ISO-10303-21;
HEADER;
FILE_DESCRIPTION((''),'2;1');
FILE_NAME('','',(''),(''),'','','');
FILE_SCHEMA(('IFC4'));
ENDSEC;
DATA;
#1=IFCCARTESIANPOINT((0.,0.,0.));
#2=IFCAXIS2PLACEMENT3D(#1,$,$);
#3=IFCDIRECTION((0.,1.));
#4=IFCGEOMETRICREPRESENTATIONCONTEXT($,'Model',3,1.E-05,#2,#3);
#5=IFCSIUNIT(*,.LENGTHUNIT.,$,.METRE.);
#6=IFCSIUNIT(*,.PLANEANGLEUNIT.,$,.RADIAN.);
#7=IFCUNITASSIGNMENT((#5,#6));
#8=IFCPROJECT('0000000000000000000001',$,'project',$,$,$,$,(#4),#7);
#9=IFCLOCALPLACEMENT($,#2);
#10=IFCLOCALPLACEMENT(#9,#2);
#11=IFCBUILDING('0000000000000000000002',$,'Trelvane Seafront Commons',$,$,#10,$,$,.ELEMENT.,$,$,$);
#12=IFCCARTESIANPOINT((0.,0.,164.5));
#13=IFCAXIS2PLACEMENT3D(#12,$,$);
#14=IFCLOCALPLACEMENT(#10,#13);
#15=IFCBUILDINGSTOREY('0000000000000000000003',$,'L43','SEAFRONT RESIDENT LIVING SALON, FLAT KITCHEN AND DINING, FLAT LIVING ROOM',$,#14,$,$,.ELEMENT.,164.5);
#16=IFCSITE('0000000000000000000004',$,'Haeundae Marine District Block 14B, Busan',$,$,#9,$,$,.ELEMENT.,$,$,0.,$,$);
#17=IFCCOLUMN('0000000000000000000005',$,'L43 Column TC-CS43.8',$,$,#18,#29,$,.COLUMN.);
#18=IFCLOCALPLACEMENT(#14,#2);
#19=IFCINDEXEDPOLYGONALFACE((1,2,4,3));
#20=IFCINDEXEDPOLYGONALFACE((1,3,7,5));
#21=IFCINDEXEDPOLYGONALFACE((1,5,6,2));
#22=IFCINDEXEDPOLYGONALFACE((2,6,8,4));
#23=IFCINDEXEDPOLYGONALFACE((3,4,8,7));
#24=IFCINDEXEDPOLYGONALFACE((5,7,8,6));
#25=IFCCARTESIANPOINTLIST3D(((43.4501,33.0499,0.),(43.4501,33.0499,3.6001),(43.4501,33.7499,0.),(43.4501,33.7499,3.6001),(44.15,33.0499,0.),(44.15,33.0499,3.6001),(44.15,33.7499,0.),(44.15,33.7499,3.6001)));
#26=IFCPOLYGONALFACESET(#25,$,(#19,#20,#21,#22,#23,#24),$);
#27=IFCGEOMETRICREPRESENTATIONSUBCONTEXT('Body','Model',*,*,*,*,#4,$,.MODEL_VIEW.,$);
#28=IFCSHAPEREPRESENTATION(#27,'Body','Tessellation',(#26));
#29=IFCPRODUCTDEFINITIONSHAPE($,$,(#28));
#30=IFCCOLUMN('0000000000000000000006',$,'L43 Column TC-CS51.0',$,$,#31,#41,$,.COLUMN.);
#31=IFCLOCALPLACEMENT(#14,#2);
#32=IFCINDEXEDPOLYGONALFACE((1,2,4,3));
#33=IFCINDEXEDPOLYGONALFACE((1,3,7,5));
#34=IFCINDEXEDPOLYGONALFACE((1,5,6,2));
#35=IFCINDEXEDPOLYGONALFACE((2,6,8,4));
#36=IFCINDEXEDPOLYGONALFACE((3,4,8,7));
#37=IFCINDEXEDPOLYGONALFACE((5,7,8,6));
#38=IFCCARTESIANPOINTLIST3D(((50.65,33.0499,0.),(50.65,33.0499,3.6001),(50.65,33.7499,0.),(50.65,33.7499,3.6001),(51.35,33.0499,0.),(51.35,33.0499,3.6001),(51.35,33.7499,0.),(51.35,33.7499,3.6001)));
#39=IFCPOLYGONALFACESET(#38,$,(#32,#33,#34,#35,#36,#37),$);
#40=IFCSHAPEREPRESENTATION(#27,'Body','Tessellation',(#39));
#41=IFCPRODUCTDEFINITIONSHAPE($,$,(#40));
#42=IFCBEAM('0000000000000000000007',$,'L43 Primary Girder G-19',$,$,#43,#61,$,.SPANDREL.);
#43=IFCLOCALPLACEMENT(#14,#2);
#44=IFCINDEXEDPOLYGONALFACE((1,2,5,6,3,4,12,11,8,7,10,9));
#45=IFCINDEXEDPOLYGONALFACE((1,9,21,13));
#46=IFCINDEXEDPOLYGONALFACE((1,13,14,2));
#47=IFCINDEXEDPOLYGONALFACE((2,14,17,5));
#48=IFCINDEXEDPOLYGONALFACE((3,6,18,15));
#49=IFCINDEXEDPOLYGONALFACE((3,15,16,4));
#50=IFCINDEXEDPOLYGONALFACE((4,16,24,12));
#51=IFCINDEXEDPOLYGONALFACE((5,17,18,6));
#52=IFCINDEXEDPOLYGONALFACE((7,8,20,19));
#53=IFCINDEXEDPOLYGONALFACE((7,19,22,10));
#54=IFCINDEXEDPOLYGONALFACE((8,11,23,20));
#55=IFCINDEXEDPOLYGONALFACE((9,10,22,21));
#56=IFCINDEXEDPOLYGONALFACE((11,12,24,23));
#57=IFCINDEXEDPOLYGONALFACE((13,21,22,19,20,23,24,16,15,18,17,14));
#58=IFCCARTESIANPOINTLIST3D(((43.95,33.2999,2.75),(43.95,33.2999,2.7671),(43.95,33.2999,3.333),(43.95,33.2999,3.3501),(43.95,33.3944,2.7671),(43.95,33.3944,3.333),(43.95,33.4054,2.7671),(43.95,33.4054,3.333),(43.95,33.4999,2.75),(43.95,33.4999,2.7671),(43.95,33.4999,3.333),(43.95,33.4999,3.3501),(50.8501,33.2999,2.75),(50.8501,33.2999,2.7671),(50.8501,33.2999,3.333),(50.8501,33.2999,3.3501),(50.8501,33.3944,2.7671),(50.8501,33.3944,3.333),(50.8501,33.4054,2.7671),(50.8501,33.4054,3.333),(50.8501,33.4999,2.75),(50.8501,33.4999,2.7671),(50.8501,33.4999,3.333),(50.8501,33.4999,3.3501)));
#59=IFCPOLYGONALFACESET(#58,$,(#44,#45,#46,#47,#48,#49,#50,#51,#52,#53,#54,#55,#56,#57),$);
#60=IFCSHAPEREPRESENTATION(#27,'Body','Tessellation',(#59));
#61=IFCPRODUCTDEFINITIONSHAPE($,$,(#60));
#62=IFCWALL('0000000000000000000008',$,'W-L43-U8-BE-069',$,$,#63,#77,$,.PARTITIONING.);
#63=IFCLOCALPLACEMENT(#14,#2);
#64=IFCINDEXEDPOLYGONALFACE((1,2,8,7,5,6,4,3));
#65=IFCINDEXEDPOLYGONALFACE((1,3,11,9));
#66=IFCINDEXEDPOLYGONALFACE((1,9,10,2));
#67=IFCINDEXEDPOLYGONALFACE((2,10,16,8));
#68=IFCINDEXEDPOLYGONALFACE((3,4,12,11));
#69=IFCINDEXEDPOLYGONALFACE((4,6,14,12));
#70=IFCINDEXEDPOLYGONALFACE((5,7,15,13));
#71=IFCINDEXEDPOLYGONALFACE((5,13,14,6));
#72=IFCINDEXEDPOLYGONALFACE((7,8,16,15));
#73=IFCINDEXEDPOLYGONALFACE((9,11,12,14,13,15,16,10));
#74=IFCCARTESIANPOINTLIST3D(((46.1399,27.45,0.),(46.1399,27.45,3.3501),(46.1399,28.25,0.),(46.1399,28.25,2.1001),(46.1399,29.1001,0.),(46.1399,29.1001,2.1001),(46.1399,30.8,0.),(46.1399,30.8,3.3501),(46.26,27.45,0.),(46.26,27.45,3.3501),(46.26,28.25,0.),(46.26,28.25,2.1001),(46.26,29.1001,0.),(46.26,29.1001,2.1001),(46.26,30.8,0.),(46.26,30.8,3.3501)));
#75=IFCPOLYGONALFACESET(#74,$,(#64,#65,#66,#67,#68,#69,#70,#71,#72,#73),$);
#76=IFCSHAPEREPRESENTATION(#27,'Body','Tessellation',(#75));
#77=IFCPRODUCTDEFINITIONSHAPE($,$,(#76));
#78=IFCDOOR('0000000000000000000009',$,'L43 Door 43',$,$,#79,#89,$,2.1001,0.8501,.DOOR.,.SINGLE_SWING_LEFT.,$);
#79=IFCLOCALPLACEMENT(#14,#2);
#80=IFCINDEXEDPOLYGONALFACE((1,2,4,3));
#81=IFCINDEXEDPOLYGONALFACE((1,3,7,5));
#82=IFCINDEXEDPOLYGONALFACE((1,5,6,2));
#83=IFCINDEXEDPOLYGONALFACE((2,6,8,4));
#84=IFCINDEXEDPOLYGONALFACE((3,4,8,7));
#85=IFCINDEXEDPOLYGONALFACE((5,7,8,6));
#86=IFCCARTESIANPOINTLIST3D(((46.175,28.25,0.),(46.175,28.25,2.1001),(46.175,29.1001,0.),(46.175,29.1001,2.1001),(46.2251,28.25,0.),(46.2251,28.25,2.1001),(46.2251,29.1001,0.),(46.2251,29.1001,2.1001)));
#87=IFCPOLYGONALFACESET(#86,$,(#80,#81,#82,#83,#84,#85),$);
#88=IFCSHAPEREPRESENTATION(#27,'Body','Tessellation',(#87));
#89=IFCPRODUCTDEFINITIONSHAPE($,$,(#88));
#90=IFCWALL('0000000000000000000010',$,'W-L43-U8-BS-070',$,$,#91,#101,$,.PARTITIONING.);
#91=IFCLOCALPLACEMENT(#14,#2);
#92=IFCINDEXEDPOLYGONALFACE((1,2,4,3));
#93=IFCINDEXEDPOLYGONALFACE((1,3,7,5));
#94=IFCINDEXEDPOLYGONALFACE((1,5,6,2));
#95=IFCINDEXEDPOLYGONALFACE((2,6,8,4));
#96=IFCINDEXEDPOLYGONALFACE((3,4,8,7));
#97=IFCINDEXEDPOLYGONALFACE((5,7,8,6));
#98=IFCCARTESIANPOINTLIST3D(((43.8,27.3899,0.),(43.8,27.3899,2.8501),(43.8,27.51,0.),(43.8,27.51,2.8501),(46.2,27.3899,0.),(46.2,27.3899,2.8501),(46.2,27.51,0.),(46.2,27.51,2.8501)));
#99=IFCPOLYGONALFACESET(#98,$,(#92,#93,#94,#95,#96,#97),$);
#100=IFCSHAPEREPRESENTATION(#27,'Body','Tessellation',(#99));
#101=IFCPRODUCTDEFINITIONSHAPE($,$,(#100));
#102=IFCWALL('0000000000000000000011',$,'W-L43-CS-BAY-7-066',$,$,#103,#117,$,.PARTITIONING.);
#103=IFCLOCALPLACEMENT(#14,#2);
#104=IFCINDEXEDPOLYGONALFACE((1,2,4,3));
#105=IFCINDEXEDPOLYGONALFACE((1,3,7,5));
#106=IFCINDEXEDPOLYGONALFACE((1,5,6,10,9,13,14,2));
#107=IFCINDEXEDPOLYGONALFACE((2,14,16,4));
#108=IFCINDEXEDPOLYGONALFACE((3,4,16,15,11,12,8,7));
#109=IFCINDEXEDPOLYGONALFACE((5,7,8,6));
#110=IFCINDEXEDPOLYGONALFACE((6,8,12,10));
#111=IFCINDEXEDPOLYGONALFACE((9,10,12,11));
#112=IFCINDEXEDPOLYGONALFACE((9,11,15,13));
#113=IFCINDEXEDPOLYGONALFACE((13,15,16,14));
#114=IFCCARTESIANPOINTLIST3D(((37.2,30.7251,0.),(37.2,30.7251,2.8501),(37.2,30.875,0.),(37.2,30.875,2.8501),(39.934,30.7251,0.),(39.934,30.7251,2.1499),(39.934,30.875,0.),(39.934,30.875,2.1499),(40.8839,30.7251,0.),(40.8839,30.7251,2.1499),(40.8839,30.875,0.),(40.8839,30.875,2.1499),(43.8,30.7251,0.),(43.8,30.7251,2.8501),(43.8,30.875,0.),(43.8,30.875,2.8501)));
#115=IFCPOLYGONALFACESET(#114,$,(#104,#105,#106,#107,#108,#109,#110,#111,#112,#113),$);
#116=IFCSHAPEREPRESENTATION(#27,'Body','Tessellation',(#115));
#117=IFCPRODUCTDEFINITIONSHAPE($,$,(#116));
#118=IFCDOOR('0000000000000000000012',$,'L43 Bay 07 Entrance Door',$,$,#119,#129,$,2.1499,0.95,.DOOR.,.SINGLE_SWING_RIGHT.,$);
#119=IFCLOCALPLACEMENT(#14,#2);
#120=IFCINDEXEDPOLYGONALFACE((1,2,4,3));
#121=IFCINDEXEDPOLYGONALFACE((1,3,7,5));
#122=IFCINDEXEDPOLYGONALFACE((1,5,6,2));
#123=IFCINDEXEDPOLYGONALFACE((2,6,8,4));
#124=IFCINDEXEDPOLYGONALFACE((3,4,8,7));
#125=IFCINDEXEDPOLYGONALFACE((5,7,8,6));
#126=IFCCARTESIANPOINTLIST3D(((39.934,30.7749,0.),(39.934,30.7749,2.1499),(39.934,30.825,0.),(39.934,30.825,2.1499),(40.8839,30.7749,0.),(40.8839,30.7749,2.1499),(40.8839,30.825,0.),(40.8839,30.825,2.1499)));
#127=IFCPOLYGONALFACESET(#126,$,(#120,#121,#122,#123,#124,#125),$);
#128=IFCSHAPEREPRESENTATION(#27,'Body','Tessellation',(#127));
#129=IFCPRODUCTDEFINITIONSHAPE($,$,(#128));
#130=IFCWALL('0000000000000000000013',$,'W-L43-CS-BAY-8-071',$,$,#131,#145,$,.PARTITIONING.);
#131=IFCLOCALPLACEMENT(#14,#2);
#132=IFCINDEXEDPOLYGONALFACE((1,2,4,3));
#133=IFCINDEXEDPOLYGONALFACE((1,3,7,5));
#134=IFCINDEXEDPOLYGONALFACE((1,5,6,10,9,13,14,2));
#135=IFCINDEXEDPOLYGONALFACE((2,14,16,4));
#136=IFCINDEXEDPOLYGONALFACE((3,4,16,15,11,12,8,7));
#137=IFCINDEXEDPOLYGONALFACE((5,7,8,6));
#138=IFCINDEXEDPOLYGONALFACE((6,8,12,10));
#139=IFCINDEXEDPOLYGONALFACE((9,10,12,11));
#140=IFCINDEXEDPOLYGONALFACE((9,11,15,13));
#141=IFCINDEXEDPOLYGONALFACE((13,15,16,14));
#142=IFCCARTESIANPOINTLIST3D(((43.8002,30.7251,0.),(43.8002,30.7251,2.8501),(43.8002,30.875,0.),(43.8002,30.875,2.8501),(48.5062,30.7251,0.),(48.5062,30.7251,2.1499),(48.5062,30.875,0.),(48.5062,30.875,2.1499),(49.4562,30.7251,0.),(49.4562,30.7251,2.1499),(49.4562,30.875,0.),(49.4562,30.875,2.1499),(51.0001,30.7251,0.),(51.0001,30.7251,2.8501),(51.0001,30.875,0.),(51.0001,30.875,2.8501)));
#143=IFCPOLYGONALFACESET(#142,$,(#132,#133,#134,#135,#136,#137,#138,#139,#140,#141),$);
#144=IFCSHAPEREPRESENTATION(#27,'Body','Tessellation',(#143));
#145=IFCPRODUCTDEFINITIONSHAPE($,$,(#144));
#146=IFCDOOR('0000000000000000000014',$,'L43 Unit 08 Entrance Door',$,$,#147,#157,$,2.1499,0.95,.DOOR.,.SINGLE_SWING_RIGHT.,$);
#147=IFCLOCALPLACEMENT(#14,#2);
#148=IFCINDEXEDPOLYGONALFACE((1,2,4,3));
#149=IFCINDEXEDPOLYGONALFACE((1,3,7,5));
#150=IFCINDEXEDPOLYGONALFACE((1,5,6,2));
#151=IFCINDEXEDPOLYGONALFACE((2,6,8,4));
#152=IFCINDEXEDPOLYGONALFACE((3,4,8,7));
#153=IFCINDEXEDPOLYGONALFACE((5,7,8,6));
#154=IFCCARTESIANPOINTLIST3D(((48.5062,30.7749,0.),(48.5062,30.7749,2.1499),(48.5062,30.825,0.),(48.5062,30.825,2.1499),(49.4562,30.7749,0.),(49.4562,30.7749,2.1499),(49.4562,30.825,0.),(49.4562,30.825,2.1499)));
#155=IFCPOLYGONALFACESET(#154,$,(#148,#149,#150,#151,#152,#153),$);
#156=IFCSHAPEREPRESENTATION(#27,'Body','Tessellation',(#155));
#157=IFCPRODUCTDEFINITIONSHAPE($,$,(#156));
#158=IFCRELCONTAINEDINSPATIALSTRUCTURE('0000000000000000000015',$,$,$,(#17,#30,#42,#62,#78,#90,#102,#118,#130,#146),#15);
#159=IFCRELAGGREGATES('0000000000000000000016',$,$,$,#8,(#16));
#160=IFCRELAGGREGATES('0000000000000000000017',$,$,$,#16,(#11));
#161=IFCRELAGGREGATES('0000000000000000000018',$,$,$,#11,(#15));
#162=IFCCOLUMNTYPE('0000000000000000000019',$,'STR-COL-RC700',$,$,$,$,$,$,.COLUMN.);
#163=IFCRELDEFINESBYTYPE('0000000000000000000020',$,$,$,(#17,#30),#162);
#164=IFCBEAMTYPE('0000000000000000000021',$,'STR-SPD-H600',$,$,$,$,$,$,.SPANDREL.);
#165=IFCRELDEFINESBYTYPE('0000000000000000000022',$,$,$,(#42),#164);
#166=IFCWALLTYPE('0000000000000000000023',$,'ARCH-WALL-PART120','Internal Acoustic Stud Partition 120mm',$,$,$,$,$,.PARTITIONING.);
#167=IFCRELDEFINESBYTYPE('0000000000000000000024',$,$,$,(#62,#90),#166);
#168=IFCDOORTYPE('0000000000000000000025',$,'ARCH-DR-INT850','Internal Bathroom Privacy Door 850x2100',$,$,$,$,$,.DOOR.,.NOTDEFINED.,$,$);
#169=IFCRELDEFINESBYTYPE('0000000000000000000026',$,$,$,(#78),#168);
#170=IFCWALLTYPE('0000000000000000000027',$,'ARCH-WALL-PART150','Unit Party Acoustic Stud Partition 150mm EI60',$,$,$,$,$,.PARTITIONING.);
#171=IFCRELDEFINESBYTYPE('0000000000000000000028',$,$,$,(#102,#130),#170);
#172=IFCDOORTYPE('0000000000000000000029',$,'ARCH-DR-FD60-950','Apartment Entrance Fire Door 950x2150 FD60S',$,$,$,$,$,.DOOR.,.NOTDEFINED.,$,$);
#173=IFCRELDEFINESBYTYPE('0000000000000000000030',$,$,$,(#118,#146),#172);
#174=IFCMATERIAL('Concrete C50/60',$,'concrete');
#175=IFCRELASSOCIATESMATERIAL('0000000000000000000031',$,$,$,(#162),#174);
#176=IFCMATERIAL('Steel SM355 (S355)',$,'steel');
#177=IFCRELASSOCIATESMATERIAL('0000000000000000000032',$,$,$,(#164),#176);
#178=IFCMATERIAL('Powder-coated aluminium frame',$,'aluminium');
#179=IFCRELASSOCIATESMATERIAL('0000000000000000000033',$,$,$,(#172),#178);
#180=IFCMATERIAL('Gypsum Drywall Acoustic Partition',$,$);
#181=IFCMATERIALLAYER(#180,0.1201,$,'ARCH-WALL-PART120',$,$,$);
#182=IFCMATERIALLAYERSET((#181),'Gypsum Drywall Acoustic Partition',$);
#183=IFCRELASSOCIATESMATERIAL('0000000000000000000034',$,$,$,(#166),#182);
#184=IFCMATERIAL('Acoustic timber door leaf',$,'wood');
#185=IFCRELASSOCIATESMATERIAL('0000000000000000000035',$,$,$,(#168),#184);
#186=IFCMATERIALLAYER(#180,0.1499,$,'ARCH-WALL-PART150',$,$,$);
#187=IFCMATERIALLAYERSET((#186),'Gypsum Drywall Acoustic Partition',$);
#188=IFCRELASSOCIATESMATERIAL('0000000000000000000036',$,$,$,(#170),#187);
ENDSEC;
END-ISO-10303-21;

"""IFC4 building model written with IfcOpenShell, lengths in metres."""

from ifc_helpers import new_model, si_unit, direction, frame, frame_2d, origin, origin_2d, place, context, subcontext, project, spatial, rectangle, i_section, extrude, source, transform, mapped, material, layer, layer_set, material_profile, profile_set, type_object, element, fill, save


model = new_model("IFC4")

# Units and contexts
model_context = context("Model", 3, precision=1e-05, world=origin(), true_north=direction((0.0, 1.0)))
body_context = subcontext(model_context, "Body", "Model", "MODEL_VIEW")
ifc_project = project(units=[si_unit("LENGTHUNIT", "METRE"), si_unit("PLANEANGLEUNIT", "RADIAN")], contexts=[model_context])

# Site, building, storey
site_placement = place(None, origin())
site = spatial("IfcSite", under=ifc_project, at=site_placement, Name="Haeundae Marine District Block 14B, Busan", CompositionType="ELEMENT", RefElevation=0.0)
building_placement = place(site_placement, origin())
building = spatial("IfcBuilding", under=site, at=building_placement, Name="Trelvane Seafront Commons", CompositionType="ELEMENT")
storey_placement = place(building_placement, frame((0.0, 0.0, 164.5)))
storey = spatial("IfcBuildingStorey", under=building, at=storey_placement, Name="L43", Description="SEAFRONT RESIDENT LIVING SALON, FLAT KITCHEN AND DINING, FLAT LIVING ROOM", CompositionType="ELEMENT", Elevation=164.5)

# Columns
ifc_material_1 = material(Name="Concrete C50/60", Category="concrete")
ifc_material_profile_1 = material_profile(ifc_material_1, rectangle(XDim=0.7, YDim=0.7, at=origin_2d()), Name="RC-700x700")
ifc_profile_set_1 = profile_set([ifc_material_profile_1], Name="Concrete C50/60")
column_type = type_object("IfcColumnType", Name="STR-COL-RC700", PredefinedType="COLUMN", material=ifc_profile_set_1)
shared_shape_1 = source(origin(), body_context, "Body", "SweptSolid", [
    extrude(rectangle(XDim=0.7, YDim=0.7, at=origin_2d()), origin(), (0.0, 0.0, 1.0), 3.6001),
])
for number, where, z_axis, x_axis, name in (
    (1, (43.8, 33.3999, 0.0), (0.0, 0.0, 1.0), (1.0, 0.0, 0.0), "L43 Column TC-CS43.8"),
    (2, (51.0, 33.3999, 0.0), (0.0, 0.0, 1.0), (1.0, 0.0, 0.0), "L43 Column TC-CS51.0"),
):
    element("IfcColumn", number, at=place(storey_placement, frame(where, z_axis=z_axis, x_axis=x_axis)), inside=storey, type_object=column_type, Name=name, PredefinedType="COLUMN", context=body_context, shape_type="MappedRepresentation", body=[
        mapped(shared_shape_1, transform((0.0, 0.0, 0.0), x_axis=(1.0, 0.0, 0.0), y_axis=(0.0, 1.0, 0.0), z_axis=(0.0, 0.0, 1.0), scale=1.0)),
    ])

# Beam
ifc_material_2 = material(Name="Steel SM355 (S355)", Category="steel")
ifc_material_profile_2 = material_profile(ifc_material_2, i_section(OverallWidth=0.2, OverallDepth=0.6001, WebThickness=0.011, FlangeThickness=0.0171, at=origin_2d()), Name="H-600x200x11x17")
ifc_profile_set_2 = profile_set([ifc_material_profile_2], Name="Steel SM355 (S355)")
beam_type = type_object("IfcBeamType", Name="STR-SPD-H600", PredefinedType="SPANDREL", material=ifc_profile_set_2)
shared_shape_2 = source(origin(), body_context, "Body", "SweptSolid", [
    extrude(i_section(OverallWidth=0.2, OverallDepth=0.6001, WebThickness=0.011, FlangeThickness=0.0171, at=origin_2d()), origin(), (0.0, 0.0, 1.0), 6.9001),
])
beam_placement = place(storey_placement, frame((43.95, 33.3999, 3.05), z_axis=(1.0, 0.0, 0.0), x_axis=(0.0, 1.0, 0.0)))
element("IfcBeam", 3, at=beam_placement, inside=storey, type_object=beam_type, Name="L43 Primary Girder G-19", PredefinedType="SPANDREL", context=body_context, shape_type="MappedRepresentation", body=[
    mapped(shared_shape_2, transform((0.0, 0.0, 0.0), x_axis=(1.0, 0.0, 0.0), y_axis=(0.0, 1.0, 0.0), z_axis=(0.0, 0.0, 1.0), scale=1.0)),
])

# Shared definitions
ifc_material_3 = material(Name="Powder-coated aluminium frame", Category="aluminium")
door_type_1 = type_object("IfcDoorType", Name="ARCH-DR-FD60-950", Description="Apartment Entrance Fire Door 950x2150 FD60S", OperationType="NOTDEFINED", PredefinedType="DOOR", material=ifc_material_3)
shared_shape_3 = source(origin(), body_context, "Body", "SweptSolid", [
    extrude(rectangle(XDim=0.95, YDim=2.1499, at=frame_2d((0.4751, 1.075))), frame((0.0, 0.0249, 0.0), z_axis=(0.0, -1.0, 0.0), x_axis=(1.0, 0.0, 0.0)), (0.0, 0.0, 1.0), 0.05),
])
ifc_material_4 = material(Name="Gypsum Drywall Acoustic Partition")
ifc_layer_1 = layer(ifc_material_4, 0.1201, Name="ARCH-WALL-PART120")
ifc_layer_set_1 = layer_set([ifc_layer_1], Name="Gypsum Drywall Acoustic Partition")
wall_type_1 = type_object("IfcWallType", Name="ARCH-WALL-PART120", Description="Internal Acoustic Stud Partition 120mm", PredefinedType="PARTITIONING", material=ifc_layer_set_1)
ifc_material_5 = material(Name="Acoustic timber door leaf", Category="wood")

# Wall, opening, door
wall_1_placement = place(storey_placement, frame((46.2, 27.45, 0.0), z_axis=(0.0, 0.0, 1.0), x_axis=(0.0, 1.0, 0.0)))
wall_1 = element("IfcWall", 4, at=wall_1_placement, inside=storey, type_object=wall_type_1, Name="W-L43-U8-BE-069", PredefinedType="PARTITIONING", context=body_context, shape_type="SweptSolid", body=[
    extrude(rectangle(XDim=3.3501, YDim=0.1201, at=frame_2d((1.675, 0.0))), origin(), (0.0, 0.0, 1.0), 3.3501),
])
opening_1_placement = place(wall_1_placement, frame((0.8, 0.0, 0.0)))
opening_1 = element("IfcOpeningElement", 5, at=opening_1_placement, cuts=wall_1, PredefinedType="OPENING", context=body_context, shape_type="SweptSolid", body=[
    extrude(rectangle(XDim=0.8501, YDim=2.1001, at=frame_2d((0.425, 1.05))), frame((0.0, 0.0701, 0.0), z_axis=(0.0, -1.0, 0.0), x_axis=(1.0, 0.0, 0.0)), (0.0, 0.0, 1.0), 0.1401),
])
door_type_2 = type_object("IfcDoorType", Name="ARCH-DR-INT850", Description="Internal Bathroom Privacy Door 850x2100", OperationType="NOTDEFINED", PredefinedType="DOOR", material=ifc_material_5)
shared_shape_4 = source(origin(), body_context, "Body", "SweptSolid", [
    extrude(rectangle(XDim=0.8501, YDim=2.1001, at=frame_2d((0.425, 1.05))), frame((0.0, 0.0249, 0.0), z_axis=(0.0, -1.0, 0.0), x_axis=(1.0, 0.0, 0.0)), (0.0, 0.0, 1.0), 0.05),
])
door_1_placement = place(opening_1_placement, origin())
door_1 = element("IfcDoor", 6, at=door_1_placement, inside=storey, type_object=door_type_2, Name="L43 Door 43", OperationType="SINGLE_SWING_LEFT", OverallHeight=2.1001, OverallWidth=0.8501, PredefinedType="DOOR", context=body_context, shape_type="MappedRepresentation", body=[
    mapped(shared_shape_4, transform((0.0, 0.0, 0.0), x_axis=(1.0, 0.0, 0.0), y_axis=(0.0, 1.0, 0.0), z_axis=(0.0, 0.0, 1.0), scale=1.0)),
])
fill(opening_1, door_1)

# Wall
wall_2_placement = place(storey_placement, frame((43.8, 27.45, 0.0), z_axis=(0.0, 0.0, 1.0), x_axis=(1.0, 0.0, 0.0)))
element("IfcWall", 7, at=wall_2_placement, inside=storey, type_object=wall_type_1, Name="W-L43-U8-BS-070", PredefinedType="PARTITIONING", context=body_context, shape_type="SweptSolid", body=[
    extrude(rectangle(XDim=2.3999, YDim=0.1201, at=frame_2d((1.2, 0.0))), origin(), (0.0, 0.0, 1.0), 2.8501),
])

# Walls, openings, doors
ifc_layer_2 = layer(ifc_material_4, 0.1499, Name="ARCH-WALL-PART150")
ifc_layer_set_2 = layer_set([ifc_layer_2], Name="Gypsum Drywall Acoustic Partition")
wall_type_2 = type_object("IfcWallType", Name="ARCH-WALL-PART150", Description="Unit Party Acoustic Stud Partition 150mm EI60", PredefinedType="PARTITIONING", material=ifc_layer_set_2)
wall_3_placement = place(storey_placement, frame((37.2, 30.8, 0.0), z_axis=(0.0, 0.0, 1.0), x_axis=(1.0, 0.0, 0.0)))
wall_3 = element("IfcWall", 8, at=wall_3_placement, inside=storey, type_object=wall_type_2, Name="W-L43-CS-BAY-7-066", PredefinedType="PARTITIONING", context=body_context, shape_type="SweptSolid", body=[
    extrude(rectangle(XDim=6.6001, YDim=0.1499, at=frame_2d((3.3, 0.0))), origin(), (0.0, 0.0, 1.0), 2.8501),
])
opening_2_placement = place(wall_3_placement, frame((2.7339, 0.0, 0.0)))
opening_2 = element("IfcOpeningElement", 9, at=opening_2_placement, cuts=wall_3, PredefinedType="OPENING", context=body_context, shape_type="SweptSolid", body=[
    extrude(rectangle(XDim=0.95, YDim=2.1499, at=frame_2d((0.4751, 1.075))), frame((0.0, 0.085, 0.0), z_axis=(0.0, -1.0, 0.0), x_axis=(1.0, 0.0, 0.0)), (0.0, 0.0, 1.0), 0.1699),
])
door_2_placement = place(opening_2_placement, origin())
door_2 = element("IfcDoor", 10, at=door_2_placement, inside=storey, type_object=door_type_1, Name="L43 Bay 07 Entrance Door", OperationType="SINGLE_SWING_RIGHT", OverallHeight=2.1499, OverallWidth=0.95, PredefinedType="DOOR", context=body_context, shape_type="MappedRepresentation", body=[
    mapped(shared_shape_3, transform((0.0, 0.0, 0.0), x_axis=(1.0, 0.0, 0.0), y_axis=(0.0, 1.0, 0.0), z_axis=(0.0, 0.0, 1.0), scale=1.0)),
])
fill(opening_2, door_2)
wall_4_placement = place(storey_placement, frame((43.8, 30.8, 0.0), z_axis=(0.0, 0.0, 1.0), x_axis=(1.0, 0.0, 0.0)))
wall_4 = element("IfcWall", 11, at=wall_4_placement, inside=storey, type_object=wall_type_2, Name="W-L43-CS-BAY-8-071", PredefinedType="PARTITIONING", context=body_context, shape_type="SweptSolid", body=[
    extrude(rectangle(XDim=7.2, YDim=0.1499, at=frame_2d((3.6001, 0.0))), origin(), (0.0, 0.0, 1.0), 2.8501),
])
opening_3_placement = place(wall_4_placement, frame((4.7061, 0.0, 0.0)))
opening_3 = element("IfcOpeningElement", 12, at=opening_3_placement, cuts=wall_4, PredefinedType="OPENING", context=body_context, shape_type="SweptSolid", body=[
    extrude(rectangle(XDim=0.95, YDim=2.1499, at=frame_2d((0.4751, 1.075))), frame((0.0, 0.085, 0.0), z_axis=(0.0, -1.0, 0.0), x_axis=(1.0, 0.0, 0.0)), (0.0, 0.0, 1.0), 0.1699),
])
door_3_placement = place(opening_3_placement, origin())
door_3 = element("IfcDoor", 13, at=door_3_placement, inside=storey, type_object=door_type_1, Name="L43 Unit 08 Entrance Door", OperationType="SINGLE_SWING_RIGHT", OverallHeight=2.1499, OverallWidth=0.95, PredefinedType="DOOR", context=body_context, shape_type="MappedRepresentation", body=[
    mapped(shared_shape_3, transform((0.0, 0.0, 0.0), x_axis=(1.0, 0.0, 0.0), y_axis=(0.0, 1.0, 0.0), z_axis=(0.0, 0.0, 1.0), scale=1.0)),
])
fill(opening_3, door_3)

save(model, "model.ifc")
